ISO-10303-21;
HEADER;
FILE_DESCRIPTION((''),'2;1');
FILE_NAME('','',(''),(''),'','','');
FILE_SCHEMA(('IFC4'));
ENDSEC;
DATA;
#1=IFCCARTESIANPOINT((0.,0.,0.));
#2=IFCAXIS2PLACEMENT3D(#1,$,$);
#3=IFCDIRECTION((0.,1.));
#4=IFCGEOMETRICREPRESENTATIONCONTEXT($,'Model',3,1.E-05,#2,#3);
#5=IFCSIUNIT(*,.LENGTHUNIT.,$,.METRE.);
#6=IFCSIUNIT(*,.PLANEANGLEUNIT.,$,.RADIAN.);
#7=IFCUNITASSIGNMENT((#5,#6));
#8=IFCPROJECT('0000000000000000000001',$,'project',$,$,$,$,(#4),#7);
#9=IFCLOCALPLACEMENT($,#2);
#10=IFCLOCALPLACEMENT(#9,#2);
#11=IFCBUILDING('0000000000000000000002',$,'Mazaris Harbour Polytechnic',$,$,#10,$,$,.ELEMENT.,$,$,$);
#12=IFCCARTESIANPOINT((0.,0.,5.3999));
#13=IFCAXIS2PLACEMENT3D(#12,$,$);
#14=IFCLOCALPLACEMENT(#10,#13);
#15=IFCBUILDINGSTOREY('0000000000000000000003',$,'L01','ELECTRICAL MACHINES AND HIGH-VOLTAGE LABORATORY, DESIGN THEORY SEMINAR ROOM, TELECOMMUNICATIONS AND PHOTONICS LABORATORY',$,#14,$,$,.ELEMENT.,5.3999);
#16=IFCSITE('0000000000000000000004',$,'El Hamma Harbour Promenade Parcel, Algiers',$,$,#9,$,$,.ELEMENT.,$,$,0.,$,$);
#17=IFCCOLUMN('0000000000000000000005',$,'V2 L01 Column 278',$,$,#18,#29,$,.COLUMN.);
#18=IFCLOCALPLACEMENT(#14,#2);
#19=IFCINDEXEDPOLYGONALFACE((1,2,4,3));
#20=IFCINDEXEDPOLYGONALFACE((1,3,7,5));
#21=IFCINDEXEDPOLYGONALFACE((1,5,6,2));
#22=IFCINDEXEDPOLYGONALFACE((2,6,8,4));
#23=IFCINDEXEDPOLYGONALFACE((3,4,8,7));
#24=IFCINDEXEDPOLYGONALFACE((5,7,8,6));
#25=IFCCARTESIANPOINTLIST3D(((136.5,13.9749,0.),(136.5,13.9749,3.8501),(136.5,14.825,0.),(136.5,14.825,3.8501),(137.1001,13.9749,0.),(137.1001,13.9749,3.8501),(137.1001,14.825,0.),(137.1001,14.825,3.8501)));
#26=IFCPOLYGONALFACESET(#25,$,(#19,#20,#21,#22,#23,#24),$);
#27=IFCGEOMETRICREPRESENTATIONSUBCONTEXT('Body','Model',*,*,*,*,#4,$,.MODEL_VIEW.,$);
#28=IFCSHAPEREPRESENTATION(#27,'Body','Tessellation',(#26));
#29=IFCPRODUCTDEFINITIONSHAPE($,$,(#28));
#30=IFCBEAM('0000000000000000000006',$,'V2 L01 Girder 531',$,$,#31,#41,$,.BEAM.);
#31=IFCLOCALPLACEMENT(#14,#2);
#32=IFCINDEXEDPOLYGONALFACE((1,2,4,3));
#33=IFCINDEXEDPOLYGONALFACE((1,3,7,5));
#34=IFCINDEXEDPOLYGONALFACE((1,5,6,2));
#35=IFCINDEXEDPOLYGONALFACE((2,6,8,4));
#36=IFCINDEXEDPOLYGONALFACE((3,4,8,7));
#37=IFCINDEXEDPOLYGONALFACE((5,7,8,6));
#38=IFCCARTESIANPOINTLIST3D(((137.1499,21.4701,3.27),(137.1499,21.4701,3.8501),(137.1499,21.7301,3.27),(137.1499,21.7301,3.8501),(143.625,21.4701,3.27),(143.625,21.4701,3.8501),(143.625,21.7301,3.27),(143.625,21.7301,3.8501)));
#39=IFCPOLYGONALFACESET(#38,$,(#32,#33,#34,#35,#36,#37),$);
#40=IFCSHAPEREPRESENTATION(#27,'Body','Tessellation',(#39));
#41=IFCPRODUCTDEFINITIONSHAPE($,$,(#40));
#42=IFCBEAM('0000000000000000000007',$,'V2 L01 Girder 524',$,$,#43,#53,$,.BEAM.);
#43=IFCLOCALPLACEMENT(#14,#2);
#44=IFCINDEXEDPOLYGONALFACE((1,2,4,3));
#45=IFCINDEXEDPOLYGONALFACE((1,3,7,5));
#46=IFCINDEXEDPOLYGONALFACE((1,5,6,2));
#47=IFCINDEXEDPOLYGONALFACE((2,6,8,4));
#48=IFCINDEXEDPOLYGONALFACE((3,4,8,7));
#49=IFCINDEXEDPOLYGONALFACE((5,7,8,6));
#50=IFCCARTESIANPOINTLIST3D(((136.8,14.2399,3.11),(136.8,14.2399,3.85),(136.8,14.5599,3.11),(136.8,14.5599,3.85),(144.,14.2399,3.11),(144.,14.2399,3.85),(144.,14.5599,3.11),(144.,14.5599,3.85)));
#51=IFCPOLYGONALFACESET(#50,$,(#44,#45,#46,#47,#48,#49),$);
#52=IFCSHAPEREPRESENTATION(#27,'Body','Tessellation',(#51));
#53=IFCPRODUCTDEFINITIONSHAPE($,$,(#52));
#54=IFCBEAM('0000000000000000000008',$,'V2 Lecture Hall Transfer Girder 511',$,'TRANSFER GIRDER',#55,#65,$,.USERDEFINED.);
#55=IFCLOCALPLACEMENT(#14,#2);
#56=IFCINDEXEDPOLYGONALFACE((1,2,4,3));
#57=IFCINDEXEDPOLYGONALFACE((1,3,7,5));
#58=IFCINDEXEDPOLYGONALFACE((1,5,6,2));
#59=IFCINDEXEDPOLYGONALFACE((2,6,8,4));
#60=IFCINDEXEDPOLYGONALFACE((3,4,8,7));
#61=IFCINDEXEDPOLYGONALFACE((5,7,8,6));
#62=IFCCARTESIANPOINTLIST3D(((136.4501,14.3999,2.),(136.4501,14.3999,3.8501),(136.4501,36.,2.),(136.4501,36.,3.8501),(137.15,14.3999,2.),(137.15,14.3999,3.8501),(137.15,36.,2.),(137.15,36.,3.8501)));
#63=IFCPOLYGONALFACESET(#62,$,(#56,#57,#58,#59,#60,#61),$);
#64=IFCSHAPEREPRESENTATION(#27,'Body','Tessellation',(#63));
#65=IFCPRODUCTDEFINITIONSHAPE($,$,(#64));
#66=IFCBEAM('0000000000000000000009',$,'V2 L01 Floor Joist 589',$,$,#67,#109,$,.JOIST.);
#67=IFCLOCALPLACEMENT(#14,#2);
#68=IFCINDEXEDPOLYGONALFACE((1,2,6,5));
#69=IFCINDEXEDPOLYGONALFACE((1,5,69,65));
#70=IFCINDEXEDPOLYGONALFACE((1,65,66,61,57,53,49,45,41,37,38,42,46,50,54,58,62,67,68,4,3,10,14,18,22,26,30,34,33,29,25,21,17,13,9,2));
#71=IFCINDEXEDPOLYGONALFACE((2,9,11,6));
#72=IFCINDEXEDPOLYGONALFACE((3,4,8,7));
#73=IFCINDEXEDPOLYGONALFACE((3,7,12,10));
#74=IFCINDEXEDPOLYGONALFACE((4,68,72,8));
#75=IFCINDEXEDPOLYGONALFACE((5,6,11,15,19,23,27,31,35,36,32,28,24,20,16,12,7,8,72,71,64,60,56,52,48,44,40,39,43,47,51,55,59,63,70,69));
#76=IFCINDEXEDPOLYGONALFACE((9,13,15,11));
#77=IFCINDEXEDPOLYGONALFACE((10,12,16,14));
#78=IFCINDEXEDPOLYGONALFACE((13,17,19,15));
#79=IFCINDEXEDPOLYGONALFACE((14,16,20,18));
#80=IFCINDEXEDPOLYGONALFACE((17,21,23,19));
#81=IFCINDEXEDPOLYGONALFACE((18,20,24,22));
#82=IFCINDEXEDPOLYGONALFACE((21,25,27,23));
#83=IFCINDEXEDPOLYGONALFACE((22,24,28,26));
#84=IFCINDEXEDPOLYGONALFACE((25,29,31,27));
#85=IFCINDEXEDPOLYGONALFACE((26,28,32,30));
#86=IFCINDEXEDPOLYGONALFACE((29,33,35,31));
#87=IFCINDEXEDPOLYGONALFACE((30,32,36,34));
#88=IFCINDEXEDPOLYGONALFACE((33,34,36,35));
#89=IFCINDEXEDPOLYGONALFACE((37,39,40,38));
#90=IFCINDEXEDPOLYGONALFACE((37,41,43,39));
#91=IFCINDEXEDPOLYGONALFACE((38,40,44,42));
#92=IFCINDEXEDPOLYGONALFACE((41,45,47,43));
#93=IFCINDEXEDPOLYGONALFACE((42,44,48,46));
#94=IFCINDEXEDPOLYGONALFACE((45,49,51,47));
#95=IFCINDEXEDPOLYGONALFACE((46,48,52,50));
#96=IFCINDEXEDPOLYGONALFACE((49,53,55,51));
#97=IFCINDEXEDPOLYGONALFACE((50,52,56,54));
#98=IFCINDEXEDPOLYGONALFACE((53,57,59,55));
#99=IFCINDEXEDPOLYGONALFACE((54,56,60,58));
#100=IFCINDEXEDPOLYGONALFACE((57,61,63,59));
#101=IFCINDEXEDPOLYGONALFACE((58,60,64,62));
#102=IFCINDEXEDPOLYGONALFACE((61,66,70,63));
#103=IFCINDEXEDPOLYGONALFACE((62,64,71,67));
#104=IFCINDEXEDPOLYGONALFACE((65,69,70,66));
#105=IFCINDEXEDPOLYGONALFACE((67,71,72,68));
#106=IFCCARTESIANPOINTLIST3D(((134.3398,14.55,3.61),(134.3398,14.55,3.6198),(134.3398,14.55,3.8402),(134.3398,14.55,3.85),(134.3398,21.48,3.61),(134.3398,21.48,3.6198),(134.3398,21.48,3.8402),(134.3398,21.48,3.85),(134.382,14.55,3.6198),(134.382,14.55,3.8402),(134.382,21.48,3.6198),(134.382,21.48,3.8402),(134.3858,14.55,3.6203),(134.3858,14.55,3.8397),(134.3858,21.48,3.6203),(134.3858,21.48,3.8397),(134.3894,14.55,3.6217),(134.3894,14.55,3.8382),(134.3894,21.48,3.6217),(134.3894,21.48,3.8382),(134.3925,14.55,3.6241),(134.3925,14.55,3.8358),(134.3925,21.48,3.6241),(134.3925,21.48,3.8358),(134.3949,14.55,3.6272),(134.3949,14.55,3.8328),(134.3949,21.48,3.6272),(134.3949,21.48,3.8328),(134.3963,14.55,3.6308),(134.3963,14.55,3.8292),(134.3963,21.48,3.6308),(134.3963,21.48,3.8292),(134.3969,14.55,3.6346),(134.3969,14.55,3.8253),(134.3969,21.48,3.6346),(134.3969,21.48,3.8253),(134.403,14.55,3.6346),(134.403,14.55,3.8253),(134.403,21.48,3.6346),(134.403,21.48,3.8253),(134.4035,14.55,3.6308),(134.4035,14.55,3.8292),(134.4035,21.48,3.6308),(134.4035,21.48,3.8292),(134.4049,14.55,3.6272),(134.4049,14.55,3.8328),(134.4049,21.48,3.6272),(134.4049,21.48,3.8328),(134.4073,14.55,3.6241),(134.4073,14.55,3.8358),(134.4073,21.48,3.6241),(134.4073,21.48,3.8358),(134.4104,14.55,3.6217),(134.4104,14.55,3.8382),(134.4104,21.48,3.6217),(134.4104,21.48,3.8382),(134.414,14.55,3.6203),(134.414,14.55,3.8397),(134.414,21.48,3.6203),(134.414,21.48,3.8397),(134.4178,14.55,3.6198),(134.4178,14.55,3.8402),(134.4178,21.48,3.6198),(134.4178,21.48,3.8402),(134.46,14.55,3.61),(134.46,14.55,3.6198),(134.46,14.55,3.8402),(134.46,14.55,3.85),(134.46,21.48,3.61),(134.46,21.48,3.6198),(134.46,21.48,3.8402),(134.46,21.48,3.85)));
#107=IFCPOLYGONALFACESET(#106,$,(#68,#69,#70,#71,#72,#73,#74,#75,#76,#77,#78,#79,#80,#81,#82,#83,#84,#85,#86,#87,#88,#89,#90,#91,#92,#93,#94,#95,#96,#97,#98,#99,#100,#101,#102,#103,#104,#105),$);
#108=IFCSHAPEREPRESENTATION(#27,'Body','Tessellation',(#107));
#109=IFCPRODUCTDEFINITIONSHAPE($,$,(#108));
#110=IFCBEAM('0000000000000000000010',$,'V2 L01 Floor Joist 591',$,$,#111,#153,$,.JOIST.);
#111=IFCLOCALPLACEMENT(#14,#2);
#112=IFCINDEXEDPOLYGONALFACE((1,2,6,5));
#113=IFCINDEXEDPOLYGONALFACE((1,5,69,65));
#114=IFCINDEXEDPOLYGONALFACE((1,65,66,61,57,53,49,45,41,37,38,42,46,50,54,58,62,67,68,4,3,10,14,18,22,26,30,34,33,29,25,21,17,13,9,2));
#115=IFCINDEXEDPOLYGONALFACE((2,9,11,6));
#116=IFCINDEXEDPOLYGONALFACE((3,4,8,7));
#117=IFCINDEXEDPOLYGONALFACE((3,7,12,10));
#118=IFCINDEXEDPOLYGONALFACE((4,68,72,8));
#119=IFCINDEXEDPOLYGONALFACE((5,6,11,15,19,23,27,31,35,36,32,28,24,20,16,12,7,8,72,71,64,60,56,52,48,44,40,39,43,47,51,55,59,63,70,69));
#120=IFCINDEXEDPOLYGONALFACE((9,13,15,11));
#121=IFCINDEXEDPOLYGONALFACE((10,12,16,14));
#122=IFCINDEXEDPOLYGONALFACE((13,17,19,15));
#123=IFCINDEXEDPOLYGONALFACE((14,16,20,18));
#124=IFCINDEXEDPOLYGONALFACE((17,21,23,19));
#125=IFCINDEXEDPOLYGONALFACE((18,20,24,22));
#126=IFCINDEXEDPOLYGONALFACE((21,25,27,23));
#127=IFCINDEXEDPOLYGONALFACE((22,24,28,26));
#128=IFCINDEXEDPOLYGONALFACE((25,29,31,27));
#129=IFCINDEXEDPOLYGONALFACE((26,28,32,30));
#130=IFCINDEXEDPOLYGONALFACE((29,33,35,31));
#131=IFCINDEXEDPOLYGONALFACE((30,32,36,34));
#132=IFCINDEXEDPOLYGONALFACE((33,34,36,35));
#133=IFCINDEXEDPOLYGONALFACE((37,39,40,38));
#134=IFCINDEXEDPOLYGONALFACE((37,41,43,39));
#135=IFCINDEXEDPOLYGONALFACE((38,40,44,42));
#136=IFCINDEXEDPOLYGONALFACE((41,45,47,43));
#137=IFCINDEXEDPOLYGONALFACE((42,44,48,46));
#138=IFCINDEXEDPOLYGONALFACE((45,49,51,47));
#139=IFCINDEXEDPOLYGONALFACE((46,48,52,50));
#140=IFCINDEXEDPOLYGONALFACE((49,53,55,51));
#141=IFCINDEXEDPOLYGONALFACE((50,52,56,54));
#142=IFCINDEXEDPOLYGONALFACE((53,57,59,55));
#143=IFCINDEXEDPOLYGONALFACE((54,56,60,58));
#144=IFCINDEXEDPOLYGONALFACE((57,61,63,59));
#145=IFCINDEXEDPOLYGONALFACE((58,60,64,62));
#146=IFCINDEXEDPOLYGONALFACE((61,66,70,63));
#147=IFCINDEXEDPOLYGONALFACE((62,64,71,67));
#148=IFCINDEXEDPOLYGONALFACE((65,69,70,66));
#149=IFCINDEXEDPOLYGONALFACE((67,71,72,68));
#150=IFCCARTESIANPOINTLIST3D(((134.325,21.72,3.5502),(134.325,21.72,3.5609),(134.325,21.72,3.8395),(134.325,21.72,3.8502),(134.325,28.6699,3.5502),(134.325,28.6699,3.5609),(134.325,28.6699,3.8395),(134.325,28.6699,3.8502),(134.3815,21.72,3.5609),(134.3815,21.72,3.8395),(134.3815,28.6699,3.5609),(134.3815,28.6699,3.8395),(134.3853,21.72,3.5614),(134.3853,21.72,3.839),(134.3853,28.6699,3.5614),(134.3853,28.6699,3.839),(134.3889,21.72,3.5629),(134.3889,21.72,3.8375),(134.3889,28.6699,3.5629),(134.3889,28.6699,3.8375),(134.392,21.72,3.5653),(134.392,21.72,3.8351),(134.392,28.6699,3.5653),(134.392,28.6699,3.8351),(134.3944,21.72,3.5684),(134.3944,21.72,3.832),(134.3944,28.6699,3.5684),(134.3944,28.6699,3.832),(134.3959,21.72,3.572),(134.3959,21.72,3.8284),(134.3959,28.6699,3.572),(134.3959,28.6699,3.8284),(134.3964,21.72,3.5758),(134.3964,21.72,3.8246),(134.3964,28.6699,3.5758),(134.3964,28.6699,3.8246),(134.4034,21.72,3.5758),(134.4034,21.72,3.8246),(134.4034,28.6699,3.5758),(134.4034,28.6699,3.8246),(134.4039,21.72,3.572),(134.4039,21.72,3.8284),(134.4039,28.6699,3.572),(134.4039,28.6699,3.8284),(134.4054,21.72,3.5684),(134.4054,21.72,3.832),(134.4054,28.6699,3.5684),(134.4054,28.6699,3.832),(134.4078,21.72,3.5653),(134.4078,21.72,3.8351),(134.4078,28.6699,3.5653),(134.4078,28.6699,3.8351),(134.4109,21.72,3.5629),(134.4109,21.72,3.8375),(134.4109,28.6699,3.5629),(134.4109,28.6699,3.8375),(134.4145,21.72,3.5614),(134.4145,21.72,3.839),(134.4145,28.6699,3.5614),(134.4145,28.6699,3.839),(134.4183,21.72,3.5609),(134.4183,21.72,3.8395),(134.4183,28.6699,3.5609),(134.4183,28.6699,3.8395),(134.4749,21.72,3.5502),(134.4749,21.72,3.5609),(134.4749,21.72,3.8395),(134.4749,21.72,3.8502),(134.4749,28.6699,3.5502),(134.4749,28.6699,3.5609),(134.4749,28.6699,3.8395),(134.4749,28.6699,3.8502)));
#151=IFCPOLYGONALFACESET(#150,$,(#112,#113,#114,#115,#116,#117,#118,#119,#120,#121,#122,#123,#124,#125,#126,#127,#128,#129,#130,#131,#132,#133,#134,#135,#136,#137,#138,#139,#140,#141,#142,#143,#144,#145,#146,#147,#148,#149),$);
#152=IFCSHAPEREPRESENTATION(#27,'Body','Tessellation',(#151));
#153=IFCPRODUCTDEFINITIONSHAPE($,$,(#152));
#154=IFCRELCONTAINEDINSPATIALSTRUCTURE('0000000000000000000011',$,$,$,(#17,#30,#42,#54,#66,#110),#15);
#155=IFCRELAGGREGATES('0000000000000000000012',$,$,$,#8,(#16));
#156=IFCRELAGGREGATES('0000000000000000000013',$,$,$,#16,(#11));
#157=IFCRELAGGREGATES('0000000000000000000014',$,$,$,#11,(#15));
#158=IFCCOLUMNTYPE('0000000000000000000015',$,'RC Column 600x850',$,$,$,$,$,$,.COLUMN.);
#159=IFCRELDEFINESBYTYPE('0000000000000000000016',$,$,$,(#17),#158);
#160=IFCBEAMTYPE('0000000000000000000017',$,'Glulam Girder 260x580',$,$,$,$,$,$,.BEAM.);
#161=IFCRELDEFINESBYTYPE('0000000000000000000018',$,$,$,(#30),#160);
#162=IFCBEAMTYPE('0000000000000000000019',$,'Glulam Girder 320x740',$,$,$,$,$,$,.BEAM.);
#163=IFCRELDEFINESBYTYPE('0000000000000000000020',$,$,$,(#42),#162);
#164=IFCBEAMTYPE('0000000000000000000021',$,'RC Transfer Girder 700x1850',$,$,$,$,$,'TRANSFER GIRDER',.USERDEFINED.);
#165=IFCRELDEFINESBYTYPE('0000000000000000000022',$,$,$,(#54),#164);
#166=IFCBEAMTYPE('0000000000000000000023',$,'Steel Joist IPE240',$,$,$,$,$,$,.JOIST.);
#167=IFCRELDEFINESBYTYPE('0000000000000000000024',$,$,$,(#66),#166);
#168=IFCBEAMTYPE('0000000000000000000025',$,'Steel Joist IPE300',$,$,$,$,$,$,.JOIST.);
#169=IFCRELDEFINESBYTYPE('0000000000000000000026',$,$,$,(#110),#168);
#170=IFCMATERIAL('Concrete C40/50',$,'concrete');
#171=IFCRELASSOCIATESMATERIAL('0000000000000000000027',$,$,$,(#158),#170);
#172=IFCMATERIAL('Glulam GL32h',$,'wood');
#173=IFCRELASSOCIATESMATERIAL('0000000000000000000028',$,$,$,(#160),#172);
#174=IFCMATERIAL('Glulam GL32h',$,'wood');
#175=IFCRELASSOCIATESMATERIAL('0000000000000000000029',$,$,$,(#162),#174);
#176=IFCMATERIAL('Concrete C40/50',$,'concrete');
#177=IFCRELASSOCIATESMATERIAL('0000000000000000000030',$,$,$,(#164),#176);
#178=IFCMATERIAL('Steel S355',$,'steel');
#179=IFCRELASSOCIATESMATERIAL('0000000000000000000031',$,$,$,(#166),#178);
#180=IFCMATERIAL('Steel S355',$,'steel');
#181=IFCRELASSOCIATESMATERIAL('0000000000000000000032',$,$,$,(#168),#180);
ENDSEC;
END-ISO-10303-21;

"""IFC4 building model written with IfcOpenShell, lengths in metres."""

from ifc_helpers import new_model, si_unit, direction, frame, origin, origin_2d, place, context, subcontext, project, spatial, rectangle, i_section, extrude, material, material_profile, profile_set, type_object, element, save


model = new_model("IFC4")

# Units and contexts
model_context = context("Model", 3, precision=1e-05, world=origin(), true_north=direction((0.0, 1.0)))
body_context = subcontext(model_context, "Body", "Model", "MODEL_VIEW")
ifc_project = project(units=[si_unit("LENGTHUNIT", "METRE"), si_unit("PLANEANGLEUNIT", "RADIAN")], contexts=[model_context])

# Site, building, storey
site_placement = place(None, origin())
site = spatial("IfcSite", under=ifc_project, at=site_placement, Name="El Hamma Harbour Promenade Parcel, Algiers", CompositionType="ELEMENT", RefElevation=0.0)
building_placement = place(site_placement, origin())
building = spatial("IfcBuilding", under=site, at=building_placement, Name="Mazaris Harbour Polytechnic", CompositionType="ELEMENT")
storey_placement = place(building_placement, frame((0.0, 0.0, 5.3999)))
storey = spatial("IfcBuildingStorey", under=building, at=storey_placement, Name="L01", Description="ELECTRICAL MACHINES AND HIGH-VOLTAGE LABORATORY, DESIGN THEORY SEMINAR ROOM, TELECOMMUNICATIONS AND PHOTONICS LABORATORY", CompositionType="ELEMENT", Elevation=5.3999)

# Column
ifc_material_1 = material(Name="Concrete C40/50", Category="concrete")
ifc_material_profile_1 = material_profile(ifc_material_1, rectangle(XDim=0.6001, YDim=0.8501, at=origin_2d()), Name="RECT600x850")
ifc_profile_set_1 = profile_set([ifc_material_profile_1], Name="Concrete C40/50")
column_type = type_object("IfcColumnType", Name="RC Column 600x850", PredefinedType="COLUMN", material=ifc_profile_set_1)
column_placement = place(storey_placement, frame((136.8, 14.3999, 0.0), z_axis=(0.0, 0.0, 1.0), x_axis=(1.0, 0.0, 0.0)))
element("IfcColumn", 1, at=column_placement, inside=storey, type_object=column_type, Name="V2 L01 Column 278", PredefinedType="COLUMN", context=body_context, shape_type="SweptSolid", body=[
    extrude(rectangle(XDim=0.6001, YDim=0.8501, at=origin_2d()), origin(), (0.0, 0.0, 1.0), 3.8501),
])

# Beams
ifc_material_2 = material(Name="Glulam GL32h", Category="wood")
ifc_material_profile_2 = material_profile(ifc_material_2, rectangle(XDim=0.26, YDim=0.5801, at=origin_2d()), Name="RECT260x580")
ifc_profile_set_2 = profile_set([ifc_material_profile_2], Name="Glulam GL32h")
beam_type_1 = type_object("IfcBeamType", Name="Glulam Girder 260x580", PredefinedType="BEAM", material=ifc_profile_set_2)
beam_1_placement = place(storey_placement, frame((137.1499, 21.6001, 3.5601), z_axis=(1.0, 0.0, 0.0), x_axis=(0.0, 1.0, 0.0)))
element("IfcBeam", 2, at=beam_1_placement, inside=storey, type_object=beam_type_1, Name="V2 L01 Girder 531", PredefinedType="BEAM", context=body_context, shape_type="SweptSolid", body=[
    extrude(rectangle(XDim=0.26, YDim=0.5801, at=origin_2d()), origin(), (0.0, 0.0, 1.0), 6.4751),
])
ifc_material_3 = material(Name="Glulam GL32h", Category="wood")
ifc_material_profile_3 = material_profile(ifc_material_3, rectangle(XDim=0.3201, YDim=0.74, at=origin_2d()), Name="RECT320x740")
ifc_profile_set_3 = profile_set([ifc_material_profile_3], Name="Glulam GL32h")
beam_type_2 = type_object("IfcBeamType", Name="Glulam Girder 320x740", PredefinedType="BEAM", material=ifc_profile_set_3)
beam_2_placement = place(storey_placement, frame((136.8, 14.3999, 3.48), z_axis=(1.0, 0.0, 0.0), x_axis=(0.0, 1.0, 0.0)))
element("IfcBeam", 3, at=beam_2_placement, inside=storey, type_object=beam_type_2, Name="V2 L01 Girder 524", PredefinedType="BEAM", context=body_context, shape_type="SweptSolid", body=[
    extrude(rectangle(XDim=0.3201, YDim=0.74, at=origin_2d()), origin(), (0.0, 0.0, 1.0), 7.2),
])
ifc_material_4 = material(Name="Concrete C40/50", Category="concrete")
ifc_material_profile_4 = material_profile(ifc_material_4, rectangle(XDim=0.7, YDim=1.8501, at=origin_2d()), Name="RECT700x1850")
ifc_profile_set_4 = profile_set([ifc_material_profile_4], Name="Concrete C40/50")
beam_type_3 = type_object("IfcBeamType", Name="RC Transfer Girder 700x1850", ElementType="TRANSFER GIRDER", PredefinedType="USERDEFINED", material=ifc_profile_set_4)
beam_3_placement = place(storey_placement, frame((136.8, 14.3999, 2.925), z_axis=(0.0, 1.0, 0.0), x_axis=(-1.0, 0.0, 0.0)))
element("IfcBeam", 4, at=beam_3_placement, inside=storey, type_object=beam_type_3, Name="V2 Lecture Hall Transfer Girder 511", ObjectType="TRANSFER GIRDER", PredefinedType="USERDEFINED", context=body_context, shape_type="SweptSolid", body=[
    extrude(rectangle(XDim=0.7, YDim=1.8501, at=origin_2d()), origin(), (0.0, 0.0, 1.0), 21.6001),
])
ifc_material_5 = material(Name="Steel S355", Category="steel")
ifc_material_profile_5 = material_profile(ifc_material_5, i_section(OverallWidth=0.1201, OverallDepth=0.24, WebThickness=0.0061, FlangeThickness=0.0098, FilletRadius=0.0149, at=origin_2d()), Name="IPE 240")
ifc_profile_set_5 = profile_set([ifc_material_profile_5], Name="Steel S355")
beam_type_4 = type_object("IfcBeamType", Name="Steel Joist IPE240", PredefinedType="JOIST", material=ifc_profile_set_5)
beam_4_placement = place(storey_placement, frame((134.3999, 14.55, 3.73), z_axis=(0.0, 1.0, 0.0), x_axis=(-1.0, 0.0, 0.0)))
element("IfcBeam", 5, at=beam_4_placement, inside=storey, type_object=beam_type_4, Name="V2 L01 Floor Joist 589", PredefinedType="JOIST", context=body_context, shape_type="SweptSolid", body=[
    extrude(i_section(OverallWidth=0.1201, OverallDepth=0.24, WebThickness=0.0061, FlangeThickness=0.0098, FilletRadius=0.0149, at=origin_2d()), origin(), (0.0, 0.0, 1.0), 6.9299),
])
ifc_material_6 = material(Name="Steel S355", Category="steel")
ifc_material_profile_6 = material_profile(ifc_material_6, i_section(OverallWidth=0.1499, OverallDepth=0.3, WebThickness=0.0071, FlangeThickness=0.0107, FilletRadius=0.0149, at=origin_2d()), Name="IPE 300")
ifc_profile_set_6 = profile_set([ifc_material_profile_6], Name="Steel S355")
beam_type_5 = type_object("IfcBeamType", Name="Steel Joist IPE300", PredefinedType="JOIST", material=ifc_profile_set_6)
beam_5_placement = place(storey_placement, frame((134.3999, 21.72, 3.7002), z_axis=(0.0, 1.0, 0.0), x_axis=(-1.0, 0.0, 0.0)))
element("IfcBeam", 6, at=beam_5_placement, inside=storey, type_object=beam_type_5, Name="V2 L01 Floor Joist 591", PredefinedType="JOIST", context=body_context, shape_type="SweptSolid", body=[
    extrude(i_section(OverallWidth=0.1499, OverallDepth=0.3, WebThickness=0.0071, FlangeThickness=0.0107, FilletRadius=0.0149, at=origin_2d()), origin(), (0.0, 0.0, 1.0), 6.95),
])

save(model, "model.ifc")
